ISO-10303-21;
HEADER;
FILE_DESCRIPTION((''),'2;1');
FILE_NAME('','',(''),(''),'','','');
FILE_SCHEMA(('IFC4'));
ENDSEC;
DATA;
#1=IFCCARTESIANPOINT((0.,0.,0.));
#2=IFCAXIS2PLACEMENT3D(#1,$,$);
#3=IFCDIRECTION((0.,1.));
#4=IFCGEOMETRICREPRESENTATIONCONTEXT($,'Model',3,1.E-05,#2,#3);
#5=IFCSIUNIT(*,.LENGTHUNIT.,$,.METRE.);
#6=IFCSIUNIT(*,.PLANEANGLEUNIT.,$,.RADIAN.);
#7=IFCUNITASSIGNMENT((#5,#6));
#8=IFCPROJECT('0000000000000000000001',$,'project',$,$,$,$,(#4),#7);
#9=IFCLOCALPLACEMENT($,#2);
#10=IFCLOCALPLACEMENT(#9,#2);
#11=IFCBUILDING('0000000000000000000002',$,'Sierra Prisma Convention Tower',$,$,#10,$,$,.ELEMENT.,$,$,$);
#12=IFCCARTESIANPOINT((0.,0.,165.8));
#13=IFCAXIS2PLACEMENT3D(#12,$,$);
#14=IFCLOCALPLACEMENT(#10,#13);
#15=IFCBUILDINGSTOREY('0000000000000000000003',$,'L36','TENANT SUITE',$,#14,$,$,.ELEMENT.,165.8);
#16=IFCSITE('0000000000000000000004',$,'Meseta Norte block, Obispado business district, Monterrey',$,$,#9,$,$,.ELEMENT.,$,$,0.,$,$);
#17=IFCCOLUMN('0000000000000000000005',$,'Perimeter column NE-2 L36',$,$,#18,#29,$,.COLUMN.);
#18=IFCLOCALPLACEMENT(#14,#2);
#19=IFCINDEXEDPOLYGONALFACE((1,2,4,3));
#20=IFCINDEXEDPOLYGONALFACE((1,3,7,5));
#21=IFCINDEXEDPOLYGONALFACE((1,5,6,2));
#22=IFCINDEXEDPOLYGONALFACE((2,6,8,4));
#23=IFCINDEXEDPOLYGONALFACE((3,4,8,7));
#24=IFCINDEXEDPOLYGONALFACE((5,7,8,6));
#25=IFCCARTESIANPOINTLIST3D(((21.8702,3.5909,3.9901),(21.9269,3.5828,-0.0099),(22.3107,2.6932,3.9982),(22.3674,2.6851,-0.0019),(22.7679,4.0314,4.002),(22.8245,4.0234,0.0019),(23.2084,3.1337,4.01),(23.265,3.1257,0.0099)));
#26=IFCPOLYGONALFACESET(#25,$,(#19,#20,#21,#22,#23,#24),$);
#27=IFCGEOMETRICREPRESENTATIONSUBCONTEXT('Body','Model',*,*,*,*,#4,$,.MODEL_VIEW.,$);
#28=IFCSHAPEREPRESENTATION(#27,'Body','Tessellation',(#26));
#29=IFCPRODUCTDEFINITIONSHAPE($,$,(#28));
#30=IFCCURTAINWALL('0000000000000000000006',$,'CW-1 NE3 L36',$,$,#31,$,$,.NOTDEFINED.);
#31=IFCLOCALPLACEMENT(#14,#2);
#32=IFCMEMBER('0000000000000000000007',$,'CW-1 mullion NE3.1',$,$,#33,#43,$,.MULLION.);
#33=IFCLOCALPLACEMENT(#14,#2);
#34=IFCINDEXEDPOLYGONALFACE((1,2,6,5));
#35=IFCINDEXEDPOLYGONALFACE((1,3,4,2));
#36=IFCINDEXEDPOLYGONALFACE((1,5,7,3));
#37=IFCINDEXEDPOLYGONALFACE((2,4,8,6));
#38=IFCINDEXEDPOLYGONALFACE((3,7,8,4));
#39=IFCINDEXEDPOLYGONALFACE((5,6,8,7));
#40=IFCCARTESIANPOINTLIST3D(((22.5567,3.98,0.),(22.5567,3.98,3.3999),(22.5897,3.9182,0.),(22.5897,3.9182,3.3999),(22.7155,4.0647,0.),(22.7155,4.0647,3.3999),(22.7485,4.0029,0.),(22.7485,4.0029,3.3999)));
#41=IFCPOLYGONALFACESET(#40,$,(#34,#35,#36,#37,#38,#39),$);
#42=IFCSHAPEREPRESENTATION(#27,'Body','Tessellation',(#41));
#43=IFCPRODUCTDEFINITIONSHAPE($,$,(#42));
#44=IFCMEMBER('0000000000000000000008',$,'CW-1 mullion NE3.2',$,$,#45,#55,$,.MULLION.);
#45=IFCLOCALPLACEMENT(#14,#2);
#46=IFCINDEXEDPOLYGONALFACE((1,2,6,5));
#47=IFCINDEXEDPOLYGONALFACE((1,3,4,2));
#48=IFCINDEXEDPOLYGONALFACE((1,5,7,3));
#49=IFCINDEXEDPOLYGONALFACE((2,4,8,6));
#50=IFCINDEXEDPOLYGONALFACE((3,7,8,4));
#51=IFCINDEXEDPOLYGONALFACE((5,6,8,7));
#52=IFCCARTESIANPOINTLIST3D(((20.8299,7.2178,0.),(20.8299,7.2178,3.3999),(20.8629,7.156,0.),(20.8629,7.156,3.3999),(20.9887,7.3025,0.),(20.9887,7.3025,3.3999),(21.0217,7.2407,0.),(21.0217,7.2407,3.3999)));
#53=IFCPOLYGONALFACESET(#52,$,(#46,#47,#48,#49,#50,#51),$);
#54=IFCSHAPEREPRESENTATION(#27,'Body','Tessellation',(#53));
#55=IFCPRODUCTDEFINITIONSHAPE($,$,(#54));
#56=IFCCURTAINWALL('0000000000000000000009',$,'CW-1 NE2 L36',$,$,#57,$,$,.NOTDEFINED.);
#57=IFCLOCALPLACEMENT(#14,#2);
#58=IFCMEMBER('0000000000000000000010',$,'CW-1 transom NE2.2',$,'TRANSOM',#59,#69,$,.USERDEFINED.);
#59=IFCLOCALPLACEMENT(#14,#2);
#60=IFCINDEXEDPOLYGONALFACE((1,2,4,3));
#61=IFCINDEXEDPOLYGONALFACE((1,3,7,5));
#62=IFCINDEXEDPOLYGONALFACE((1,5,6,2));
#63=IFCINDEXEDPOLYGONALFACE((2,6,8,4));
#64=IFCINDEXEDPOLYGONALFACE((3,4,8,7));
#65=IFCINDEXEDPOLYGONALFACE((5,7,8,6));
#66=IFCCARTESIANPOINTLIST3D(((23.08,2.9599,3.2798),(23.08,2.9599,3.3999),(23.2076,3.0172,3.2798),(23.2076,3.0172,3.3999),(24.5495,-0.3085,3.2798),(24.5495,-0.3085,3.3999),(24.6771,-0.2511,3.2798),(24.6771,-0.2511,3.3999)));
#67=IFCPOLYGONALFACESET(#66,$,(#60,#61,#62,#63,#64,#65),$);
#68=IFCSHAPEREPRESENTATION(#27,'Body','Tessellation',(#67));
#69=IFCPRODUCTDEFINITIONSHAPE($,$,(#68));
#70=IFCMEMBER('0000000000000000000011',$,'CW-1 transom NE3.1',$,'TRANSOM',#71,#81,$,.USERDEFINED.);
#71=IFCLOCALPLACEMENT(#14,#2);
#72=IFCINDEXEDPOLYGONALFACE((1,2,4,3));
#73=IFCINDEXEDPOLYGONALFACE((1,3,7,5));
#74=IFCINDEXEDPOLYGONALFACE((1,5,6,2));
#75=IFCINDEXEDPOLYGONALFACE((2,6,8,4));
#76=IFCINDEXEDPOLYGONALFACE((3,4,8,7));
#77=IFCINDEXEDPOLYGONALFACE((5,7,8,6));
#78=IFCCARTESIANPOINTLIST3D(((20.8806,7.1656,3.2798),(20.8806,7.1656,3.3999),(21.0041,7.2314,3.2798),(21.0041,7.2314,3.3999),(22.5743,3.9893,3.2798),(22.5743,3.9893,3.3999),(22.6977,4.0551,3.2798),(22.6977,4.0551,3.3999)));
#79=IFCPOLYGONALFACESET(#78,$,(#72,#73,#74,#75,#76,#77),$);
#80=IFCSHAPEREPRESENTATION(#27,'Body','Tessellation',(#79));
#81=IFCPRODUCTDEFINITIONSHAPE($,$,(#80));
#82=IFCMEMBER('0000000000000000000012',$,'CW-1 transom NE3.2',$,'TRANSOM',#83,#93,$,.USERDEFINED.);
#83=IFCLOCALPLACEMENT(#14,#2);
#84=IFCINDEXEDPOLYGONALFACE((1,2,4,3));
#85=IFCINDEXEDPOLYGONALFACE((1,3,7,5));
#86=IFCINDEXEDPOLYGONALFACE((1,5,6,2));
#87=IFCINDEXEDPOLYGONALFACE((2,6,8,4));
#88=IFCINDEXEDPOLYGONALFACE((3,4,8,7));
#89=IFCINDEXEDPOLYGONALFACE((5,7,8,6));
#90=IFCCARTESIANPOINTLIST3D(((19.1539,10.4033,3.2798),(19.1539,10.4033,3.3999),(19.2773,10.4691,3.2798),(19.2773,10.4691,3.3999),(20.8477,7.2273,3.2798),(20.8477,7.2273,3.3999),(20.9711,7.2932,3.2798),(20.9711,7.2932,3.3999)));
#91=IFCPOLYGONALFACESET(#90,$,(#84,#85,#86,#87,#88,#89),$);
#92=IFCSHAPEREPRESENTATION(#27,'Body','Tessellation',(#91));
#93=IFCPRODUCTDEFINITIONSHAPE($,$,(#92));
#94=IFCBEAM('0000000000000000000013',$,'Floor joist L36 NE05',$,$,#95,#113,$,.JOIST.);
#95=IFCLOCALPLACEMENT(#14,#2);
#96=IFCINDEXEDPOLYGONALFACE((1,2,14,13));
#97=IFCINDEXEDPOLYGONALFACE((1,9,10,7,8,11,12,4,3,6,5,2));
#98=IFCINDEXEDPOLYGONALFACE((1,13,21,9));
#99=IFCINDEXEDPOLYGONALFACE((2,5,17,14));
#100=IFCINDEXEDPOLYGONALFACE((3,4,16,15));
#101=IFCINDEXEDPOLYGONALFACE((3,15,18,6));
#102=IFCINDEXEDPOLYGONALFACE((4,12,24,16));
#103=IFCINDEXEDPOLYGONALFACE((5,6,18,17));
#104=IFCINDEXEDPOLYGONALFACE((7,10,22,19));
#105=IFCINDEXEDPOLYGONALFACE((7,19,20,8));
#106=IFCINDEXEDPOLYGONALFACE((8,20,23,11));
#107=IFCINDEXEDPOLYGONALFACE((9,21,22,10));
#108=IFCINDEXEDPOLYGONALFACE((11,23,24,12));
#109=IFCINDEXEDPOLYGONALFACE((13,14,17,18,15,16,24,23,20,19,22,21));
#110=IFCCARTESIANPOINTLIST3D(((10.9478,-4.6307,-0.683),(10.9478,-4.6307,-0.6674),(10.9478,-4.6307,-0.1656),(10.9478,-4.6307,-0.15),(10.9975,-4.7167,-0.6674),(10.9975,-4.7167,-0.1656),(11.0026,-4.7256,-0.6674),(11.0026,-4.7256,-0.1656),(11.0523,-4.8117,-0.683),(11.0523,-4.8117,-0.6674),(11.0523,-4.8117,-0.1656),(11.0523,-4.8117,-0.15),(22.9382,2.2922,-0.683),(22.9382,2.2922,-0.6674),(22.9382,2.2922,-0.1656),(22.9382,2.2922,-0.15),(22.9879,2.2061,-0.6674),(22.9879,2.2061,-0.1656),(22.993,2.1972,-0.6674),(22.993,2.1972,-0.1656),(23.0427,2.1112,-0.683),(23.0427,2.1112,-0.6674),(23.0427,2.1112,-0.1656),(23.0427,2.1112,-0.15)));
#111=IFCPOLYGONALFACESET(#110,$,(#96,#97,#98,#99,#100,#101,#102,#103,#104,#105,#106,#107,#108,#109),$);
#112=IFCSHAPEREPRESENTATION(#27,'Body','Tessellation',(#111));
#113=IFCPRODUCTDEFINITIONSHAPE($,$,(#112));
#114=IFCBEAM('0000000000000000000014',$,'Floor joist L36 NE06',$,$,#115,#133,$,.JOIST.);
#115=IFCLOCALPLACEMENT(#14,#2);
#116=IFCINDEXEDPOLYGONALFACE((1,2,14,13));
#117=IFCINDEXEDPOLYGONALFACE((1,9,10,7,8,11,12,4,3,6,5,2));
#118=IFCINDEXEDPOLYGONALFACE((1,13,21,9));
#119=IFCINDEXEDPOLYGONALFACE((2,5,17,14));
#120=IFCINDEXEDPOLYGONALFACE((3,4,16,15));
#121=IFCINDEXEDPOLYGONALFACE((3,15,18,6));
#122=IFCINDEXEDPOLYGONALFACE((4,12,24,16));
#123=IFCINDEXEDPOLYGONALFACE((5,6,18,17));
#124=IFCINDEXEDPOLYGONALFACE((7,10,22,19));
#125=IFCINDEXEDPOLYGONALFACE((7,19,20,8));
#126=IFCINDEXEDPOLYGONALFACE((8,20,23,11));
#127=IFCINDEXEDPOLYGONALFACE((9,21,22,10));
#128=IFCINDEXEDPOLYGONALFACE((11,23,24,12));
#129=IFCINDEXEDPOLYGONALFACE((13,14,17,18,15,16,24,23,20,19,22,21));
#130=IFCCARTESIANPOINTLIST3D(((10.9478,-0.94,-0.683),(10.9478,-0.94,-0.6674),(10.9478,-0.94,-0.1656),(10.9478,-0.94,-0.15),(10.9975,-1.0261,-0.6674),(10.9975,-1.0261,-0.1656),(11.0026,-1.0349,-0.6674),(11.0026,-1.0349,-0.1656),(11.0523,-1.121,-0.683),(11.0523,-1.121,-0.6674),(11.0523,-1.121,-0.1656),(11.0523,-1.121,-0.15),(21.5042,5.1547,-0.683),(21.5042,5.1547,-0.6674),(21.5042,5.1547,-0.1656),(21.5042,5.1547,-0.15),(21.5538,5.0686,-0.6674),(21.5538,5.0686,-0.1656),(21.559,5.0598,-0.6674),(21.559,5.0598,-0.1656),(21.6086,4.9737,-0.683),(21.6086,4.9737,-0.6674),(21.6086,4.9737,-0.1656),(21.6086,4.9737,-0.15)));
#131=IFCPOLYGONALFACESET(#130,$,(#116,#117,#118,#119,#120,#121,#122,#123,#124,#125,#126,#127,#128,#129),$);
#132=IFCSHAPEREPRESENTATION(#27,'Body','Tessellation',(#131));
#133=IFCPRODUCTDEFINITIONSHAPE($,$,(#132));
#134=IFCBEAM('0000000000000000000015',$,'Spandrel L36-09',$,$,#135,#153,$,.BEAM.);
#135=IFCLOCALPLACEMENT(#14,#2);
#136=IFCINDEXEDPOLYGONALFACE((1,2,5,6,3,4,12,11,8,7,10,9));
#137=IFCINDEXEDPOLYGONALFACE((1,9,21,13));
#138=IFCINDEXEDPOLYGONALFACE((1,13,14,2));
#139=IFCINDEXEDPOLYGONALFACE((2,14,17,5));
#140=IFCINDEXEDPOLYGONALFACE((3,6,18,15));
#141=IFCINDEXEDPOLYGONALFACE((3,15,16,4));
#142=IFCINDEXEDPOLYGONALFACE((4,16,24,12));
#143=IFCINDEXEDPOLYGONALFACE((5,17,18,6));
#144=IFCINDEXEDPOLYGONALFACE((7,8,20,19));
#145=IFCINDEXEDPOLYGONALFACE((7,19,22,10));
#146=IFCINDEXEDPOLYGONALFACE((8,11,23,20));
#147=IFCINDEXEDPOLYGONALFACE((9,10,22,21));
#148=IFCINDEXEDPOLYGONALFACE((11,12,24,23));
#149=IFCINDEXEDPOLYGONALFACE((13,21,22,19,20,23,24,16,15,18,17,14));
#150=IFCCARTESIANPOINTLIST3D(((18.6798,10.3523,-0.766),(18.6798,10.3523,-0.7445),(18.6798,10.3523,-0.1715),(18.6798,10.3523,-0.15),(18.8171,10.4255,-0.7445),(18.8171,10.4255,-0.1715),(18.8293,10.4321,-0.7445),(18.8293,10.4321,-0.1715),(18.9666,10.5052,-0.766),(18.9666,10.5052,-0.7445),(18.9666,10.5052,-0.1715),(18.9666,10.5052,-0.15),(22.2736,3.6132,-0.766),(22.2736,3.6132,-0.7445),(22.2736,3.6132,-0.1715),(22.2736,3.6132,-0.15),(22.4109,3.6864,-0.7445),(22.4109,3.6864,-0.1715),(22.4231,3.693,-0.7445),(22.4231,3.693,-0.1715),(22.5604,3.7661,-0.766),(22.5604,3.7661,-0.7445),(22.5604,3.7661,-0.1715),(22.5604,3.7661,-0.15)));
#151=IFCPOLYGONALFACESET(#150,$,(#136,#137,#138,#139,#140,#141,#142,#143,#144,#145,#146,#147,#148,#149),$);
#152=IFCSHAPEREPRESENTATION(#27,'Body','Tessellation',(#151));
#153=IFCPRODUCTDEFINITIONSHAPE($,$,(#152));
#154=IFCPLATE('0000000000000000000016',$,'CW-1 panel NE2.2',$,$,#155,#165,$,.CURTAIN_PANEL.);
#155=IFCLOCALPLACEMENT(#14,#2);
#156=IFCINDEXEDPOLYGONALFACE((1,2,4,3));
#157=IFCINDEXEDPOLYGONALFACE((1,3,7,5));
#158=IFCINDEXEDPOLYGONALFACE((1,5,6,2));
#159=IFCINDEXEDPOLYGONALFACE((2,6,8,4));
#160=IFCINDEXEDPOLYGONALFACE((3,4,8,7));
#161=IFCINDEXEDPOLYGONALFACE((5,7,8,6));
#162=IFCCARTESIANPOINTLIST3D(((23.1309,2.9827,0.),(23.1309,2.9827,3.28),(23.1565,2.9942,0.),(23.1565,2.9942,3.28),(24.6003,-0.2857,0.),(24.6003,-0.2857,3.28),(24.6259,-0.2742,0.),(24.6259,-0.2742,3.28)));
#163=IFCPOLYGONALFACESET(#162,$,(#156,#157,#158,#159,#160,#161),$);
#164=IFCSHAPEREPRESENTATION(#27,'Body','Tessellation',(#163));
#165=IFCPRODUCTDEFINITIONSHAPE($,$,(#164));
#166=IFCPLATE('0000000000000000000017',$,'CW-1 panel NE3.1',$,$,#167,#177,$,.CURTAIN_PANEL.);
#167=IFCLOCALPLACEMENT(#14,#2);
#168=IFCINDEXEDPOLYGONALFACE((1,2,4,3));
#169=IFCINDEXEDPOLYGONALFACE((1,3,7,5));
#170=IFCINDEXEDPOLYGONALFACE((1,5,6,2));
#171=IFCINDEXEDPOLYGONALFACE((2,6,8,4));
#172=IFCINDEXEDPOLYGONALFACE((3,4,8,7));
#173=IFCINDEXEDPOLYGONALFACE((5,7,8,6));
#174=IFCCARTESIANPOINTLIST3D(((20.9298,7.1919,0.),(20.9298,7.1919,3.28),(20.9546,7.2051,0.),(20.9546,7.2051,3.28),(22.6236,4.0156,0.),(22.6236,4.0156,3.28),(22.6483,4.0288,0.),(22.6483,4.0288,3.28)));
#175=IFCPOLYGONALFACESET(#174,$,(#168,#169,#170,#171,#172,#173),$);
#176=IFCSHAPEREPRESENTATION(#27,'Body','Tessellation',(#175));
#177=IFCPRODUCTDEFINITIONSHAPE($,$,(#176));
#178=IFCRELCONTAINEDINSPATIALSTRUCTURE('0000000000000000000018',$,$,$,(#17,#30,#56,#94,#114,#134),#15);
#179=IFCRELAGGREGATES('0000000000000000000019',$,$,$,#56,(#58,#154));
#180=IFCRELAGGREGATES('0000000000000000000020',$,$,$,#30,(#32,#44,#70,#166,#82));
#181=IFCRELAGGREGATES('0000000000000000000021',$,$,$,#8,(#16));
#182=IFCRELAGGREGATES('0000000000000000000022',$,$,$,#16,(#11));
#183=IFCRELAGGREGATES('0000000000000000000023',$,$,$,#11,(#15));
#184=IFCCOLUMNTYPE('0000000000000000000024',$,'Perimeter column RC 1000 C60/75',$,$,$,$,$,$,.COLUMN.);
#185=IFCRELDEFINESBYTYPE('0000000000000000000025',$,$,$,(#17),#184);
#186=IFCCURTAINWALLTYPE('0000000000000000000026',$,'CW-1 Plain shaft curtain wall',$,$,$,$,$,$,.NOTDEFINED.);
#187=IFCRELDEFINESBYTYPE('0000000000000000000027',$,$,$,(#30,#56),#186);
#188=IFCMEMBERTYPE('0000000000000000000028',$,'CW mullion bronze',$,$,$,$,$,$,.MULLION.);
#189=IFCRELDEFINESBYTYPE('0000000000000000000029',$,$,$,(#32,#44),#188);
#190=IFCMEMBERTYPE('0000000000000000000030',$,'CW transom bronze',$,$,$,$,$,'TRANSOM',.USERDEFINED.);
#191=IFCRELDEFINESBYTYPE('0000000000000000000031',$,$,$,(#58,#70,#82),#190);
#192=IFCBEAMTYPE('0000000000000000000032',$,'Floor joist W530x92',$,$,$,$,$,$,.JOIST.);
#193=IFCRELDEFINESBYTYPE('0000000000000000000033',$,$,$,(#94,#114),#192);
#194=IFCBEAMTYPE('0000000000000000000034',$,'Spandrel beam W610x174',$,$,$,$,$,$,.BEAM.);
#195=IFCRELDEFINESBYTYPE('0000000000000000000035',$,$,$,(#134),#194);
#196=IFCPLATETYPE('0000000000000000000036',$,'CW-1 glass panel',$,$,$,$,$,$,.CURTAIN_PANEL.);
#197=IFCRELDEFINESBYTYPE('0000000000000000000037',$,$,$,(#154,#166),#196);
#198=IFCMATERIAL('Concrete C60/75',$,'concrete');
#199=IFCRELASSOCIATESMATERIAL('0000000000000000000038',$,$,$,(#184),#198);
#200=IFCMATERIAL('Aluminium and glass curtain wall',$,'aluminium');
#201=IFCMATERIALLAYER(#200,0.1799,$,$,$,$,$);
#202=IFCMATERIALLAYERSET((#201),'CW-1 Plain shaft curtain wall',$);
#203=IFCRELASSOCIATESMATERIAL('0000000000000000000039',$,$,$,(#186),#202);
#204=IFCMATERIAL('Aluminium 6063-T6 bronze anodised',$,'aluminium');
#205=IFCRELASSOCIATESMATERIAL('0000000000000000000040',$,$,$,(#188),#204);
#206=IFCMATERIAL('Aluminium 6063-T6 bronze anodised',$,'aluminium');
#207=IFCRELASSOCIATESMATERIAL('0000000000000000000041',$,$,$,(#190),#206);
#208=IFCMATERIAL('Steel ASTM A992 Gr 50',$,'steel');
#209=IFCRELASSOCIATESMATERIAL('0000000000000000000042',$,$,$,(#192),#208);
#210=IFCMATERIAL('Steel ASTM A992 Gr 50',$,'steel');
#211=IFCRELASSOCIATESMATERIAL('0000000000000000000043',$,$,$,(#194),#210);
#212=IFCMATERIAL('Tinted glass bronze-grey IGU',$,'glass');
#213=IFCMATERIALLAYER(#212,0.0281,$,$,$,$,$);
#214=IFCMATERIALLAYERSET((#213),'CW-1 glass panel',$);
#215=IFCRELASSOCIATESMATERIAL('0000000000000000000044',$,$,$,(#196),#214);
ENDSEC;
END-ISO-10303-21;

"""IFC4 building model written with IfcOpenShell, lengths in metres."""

from ifc_helpers import new_model, si_unit, direction, frame, origin, origin_2d, place, context, subcontext, project, spatial, rectangle, i_section, extrude, material, layer, layer_set, material_profile, profile_set, type_object, element, aggregate, save


model = new_model("IFC4")

# Units and contexts
model_context = context("Model", 3, precision=1e-05, world=origin(), true_north=direction((0.0, 1.0)))
body_context = subcontext(model_context, "Body", "Model", "MODEL_VIEW")
ifc_project = project(units=[si_unit("LENGTHUNIT", "METRE"), si_unit("PLANEANGLEUNIT", "RADIAN")], contexts=[model_context])

# Site, building, storey
site_placement = place(None, origin())
site = spatial("IfcSite", under=ifc_project, at=site_placement, Name="Meseta Norte block, Obispado business district, Monterrey", CompositionType="ELEMENT", RefElevation=0.0)
building_placement = place(site_placement, origin())
building = spatial("IfcBuilding", under=site, at=building_placement, Name="Sierra Prisma Convention Tower", CompositionType="ELEMENT")
storey_placement = place(building_placement, frame((0.0, 0.0, 165.8)))
storey = spatial("IfcBuildingStorey", under=building, at=storey_placement, Name="L36", Description="TENANT SUITE", CompositionType="ELEMENT", Elevation=165.8)

# Column
ifc_material_1 = material(Name="Concrete C60/75", Category="concrete")
ifc_material_profile_1 = material_profile(ifc_material_1, rectangle(XDim=1.0, YDim=1.0, at=origin_2d()), Name="Perimeter column RC 1000 C60/75")
ifc_profile_set_1 = profile_set([ifc_material_profile_1], Name="Concrete C60/75")
column_type = type_object("IfcColumnType", Name="Perimeter column RC 1000 C60/75", PredefinedType="COLUMN", material=ifc_profile_set_1)
column_placement = place(storey_placement, frame((22.5959, 3.3542, 0.0), z_axis=(-0.014159, 0.002014, 0.999898), x_axis=(-0.440505, 0.897714, -0.008046)))
element("IfcColumn", 1, at=column_placement, inside=storey, type_object=column_type, Name="Perimeter column NE-2 L36", PredefinedType="COLUMN", context=body_context, shape_type="SweptSolid", body=[
    extrude(rectangle(XDim=1.0, YDim=1.0, at=origin_2d()), origin(), (0.0, 0.0, 1.0), 4.0005),
])

# Curtain wall, members
ifc_material_2 = material(Name="Aluminium and glass curtain wall", Category="aluminium")
ifc_layer_1 = layer(ifc_material_2, 0.1799)
ifc_layer_set_1 = layer_set([ifc_layer_1], Name="CW-1 Plain shaft curtain wall")
curtain_wall_type = type_object("IfcCurtainWallType", Name="CW-1 Plain shaft curtain wall", PredefinedType="NOTDEFINED", material=ifc_layer_set_1)
curtain_wall_1_placement = place(storey_placement, origin())
curtain_wall_1 = element("IfcCurtainWall", 2, at=curtain_wall_1_placement, inside=storey, type_object=curtain_wall_type, Name="CW-1 NE3 L36", PredefinedType="NOTDEFINED")
ifc_material_3 = material(Name="Aluminium 6063-T6 bronze anodised", Category="aluminium")
ifc_material_profile_2 = material_profile(ifc_material_3, rectangle(XDim=0.1799, YDim=0.0701, at=origin_2d()), Name="ALU MULLION 70x180")
ifc_profile_set_2 = profile_set([ifc_material_profile_2], Name="Aluminium 6063-T6 bronze anodised")
member_type_1 = type_object("IfcMemberType", Name="CW mullion bronze", PredefinedType="MULLION", material=ifc_profile_set_2)
member_1_placement = place(storey_placement, frame((22.6526, 3.9915, 0.0), z_axis=(0.0, 0.0, 1.0), x_axis=(-0.882378, -0.470541, 0.0)))
member_1 = element("IfcMember", 3, at=member_1_placement, type_object=member_type_1, Name="CW-1 mullion NE3.1", PredefinedType="MULLION", context=body_context, shape_type="SweptSolid", body=[
    extrude(rectangle(XDim=0.1799, YDim=0.0701, at=origin_2d()), origin(), (0.0, 0.0, 1.0), 3.3999),
])
member_2_placement = place(storey_placement, frame((20.9258, 7.2292, 0.0), z_axis=(0.0, 0.0, 1.0), x_axis=(-0.882378, -0.470541, 0.0)))
member_2 = element("IfcMember", 4, at=member_2_placement, type_object=member_type_1, Name="CW-1 mullion NE3.2", PredefinedType="MULLION", context=body_context, shape_type="SweptSolid", body=[
    extrude(rectangle(XDim=0.1799, YDim=0.0701, at=origin_2d()), origin(), (0.0, 0.0, 1.0), 3.3999),
])

# Curtain wall, member
curtain_wall_2_placement = place(storey_placement, origin())
curtain_wall_2 = element("IfcCurtainWall", 5, at=curtain_wall_2_placement, inside=storey, type_object=curtain_wall_type, Name="CW-1 NE2 L36", PredefinedType="NOTDEFINED")
ifc_material_4 = material(Name="Aluminium 6063-T6 bronze anodised", Category="aluminium")
ifc_material_profile_3 = material_profile(ifc_material_4, rectangle(XDim=0.1399, YDim=0.1201, at=origin_2d()), Name="ALU TRANSOM 120x140")
ifc_profile_set_3 = profile_set([ifc_material_profile_3], Name="Aluminium 6063-T6 bronze anodised")
member_type_2 = type_object("IfcMemberType", Name="CW transom bronze", ElementType="TRANSOM", PredefinedType="USERDEFINED", material=ifc_profile_set_3)
member_3_placement = place(storey_placement, frame((24.6133, -0.2798, 3.3398), z_axis=(-0.410073, 0.912053, 0.0), x_axis=(-0.912053, -0.410073, 0.0)))
member_3 = element("IfcMember", 6, at=member_3_placement, type_object=member_type_2, Name="CW-1 transom NE2.2", ObjectType="TRANSOM", PredefinedType="USERDEFINED", context=body_context, shape_type="SweptSolid", body=[
    extrude(rectangle(XDim=0.1399, YDim=0.1201, at=origin_2d()), origin(), (0.0, 0.0, 1.0), 3.5835),
])

# Members
member_4_placement = place(storey_placement, frame((22.636, 4.0222, 3.3398), z_axis=(-0.4705, 0.8824, 0.0), x_axis=(-0.8824, -0.4705, 0.0)))
member_4 = element("IfcMember", 7, at=member_4_placement, type_object=member_type_2, Name="CW-1 transom NE3.1", ObjectType="TRANSOM", PredefinedType="USERDEFINED", context=body_context, shape_type="SweptSolid", body=[
    extrude(rectangle(XDim=0.1399, YDim=0.1201, at=origin_2d()), origin(), (0.0, 0.0, 1.0), 3.5996),
])
member_5_placement = place(storey_placement, frame((20.9094, 7.2603, 3.3398), z_axis=(-0.470581, 0.882357, 0.0), x_axis=(-0.882357, -0.470581, 0.0)))
member_5 = element("IfcMember", 8, at=member_5_placement, type_object=member_type_2, Name="CW-1 transom NE3.2", ObjectType="TRANSOM", PredefinedType="USERDEFINED", context=body_context, shape_type="SweptSolid", body=[
    extrude(rectangle(XDim=0.1399, YDim=0.1201, at=origin_2d()), origin(), (0.0, 0.0, 1.0), 3.5994),
])

# Beams
ifc_material_5 = material(Name="Steel ASTM A992 Gr 50", Category="steel")
ifc_material_profile_4 = material_profile(ifc_material_5, i_section(OverallWidth=0.209, OverallDepth=0.533, WebThickness=0.0103, FlangeThickness=0.0156, at=origin_2d()), Name="W530x92")
ifc_profile_set_4 = profile_set([ifc_material_profile_4], Name="Steel ASTM A992 Gr 50")
beam_type_1 = type_object("IfcBeamType", Name="Floor joist W530x92", PredefinedType="JOIST", material=ifc_profile_set_4)
beam_1_placement = place(storey_placement, frame((22.9905, 2.2017, -0.4165), z_axis=(-0.866021, -0.500008, 0.0), x_axis=(0.500008, -0.866021, 0.0)))
element("IfcBeam", 9, at=beam_1_placement, inside=storey, type_object=beam_type_1, Name="Floor joist L36 NE05", PredefinedType="JOIST", context=body_context, shape_type="SweptSolid", body=[
    extrude(i_section(OverallWidth=0.209, OverallDepth=0.533, WebThickness=0.0103, FlangeThickness=0.0156, at=origin_2d()), origin(), (0.0, 0.0, 1.0), 13.8455),
])
beam_2_placement = place(storey_placement, frame((21.5564, 5.0642, -0.4165), z_axis=(-0.866026, -0.499999, 0.0), x_axis=(0.499999, -0.866026, 0.0)))
element("IfcBeam", 10, at=beam_2_placement, inside=storey, type_object=beam_type_1, Name="Floor joist L36 NE06", PredefinedType="JOIST", context=body_context, shape_type="SweptSolid", body=[
    extrude(i_section(OverallWidth=0.209, OverallDepth=0.533, WebThickness=0.0103, FlangeThickness=0.0156, at=origin_2d()), origin(), (0.0, 0.0, 1.0), 12.1895),
])
ifc_material_6 = material(Name="Steel ASTM A992 Gr 50", Category="steel")
ifc_material_profile_5 = material_profile(ifc_material_6, i_section(OverallWidth=0.325, OverallDepth=0.616, WebThickness=0.0139, FlangeThickness=0.0215, at=origin_2d()), Name="W610x174")
ifc_profile_set_5 = profile_set([ifc_material_profile_5], Name="Steel ASTM A992 Gr 50")
beam_type_2 = type_object("IfcBeamType", Name="Spandrel beam W610x174", PredefinedType="BEAM", material=ifc_profile_set_5)
beam_3_placement = place(storey_placement, frame((22.417, 3.6897, -0.458), z_axis=(-0.470548, 0.882374, 0.0), x_axis=(-0.882374, -0.470548, 0.0)))
element("IfcBeam", 11, at=beam_3_placement, inside=storey, type_object=beam_type_2, Name="Spandrel L36-09", PredefinedType="BEAM", context=body_context, shape_type="SweptSolid", body=[
    extrude(i_section(OverallWidth=0.325, OverallDepth=0.616, WebThickness=0.0139, FlangeThickness=0.0215, at=origin_2d()), origin(), (0.0, 0.0, 1.0), 7.6375),
])

# Plates
ifc_material_7 = material(Name="Tinted glass bronze-grey IGU", Category="glass")
ifc_layer_2 = layer(ifc_material_7, 0.0281)
ifc_layer_set_2 = layer_set([ifc_layer_2], Name="CW-1 glass panel")
plate_type = type_object("IfcPlateType", Name="CW-1 glass panel", PredefinedType="CURTAIN_PANEL", material=ifc_layer_set_2)
plate_1_placement = place(storey_placement, frame((23.8784, 1.3542, 0.0), z_axis=(0.0, 0.0, 1.0), x_axis=(-0.410056, 0.91206, 0.0)))
plate_1 = element("IfcPlate", 12, at=plate_1_placement, type_object=plate_type, Name="CW-1 panel NE2.2", PredefinedType="CURTAIN_PANEL", context=body_context, shape_type="SweptSolid", body=[
    extrude(rectangle(XDim=3.5835, YDim=0.0281, at=origin_2d()), origin(), (0.0, 0.0, 1.0), 3.28),
])
aggregate(curtain_wall_2, [member_3, plate_1])
plate_2_placement = place(storey_placement, frame((21.7891, 5.6104, 0.0), z_axis=(0.0, 0.0, 1.0), x_axis=(-0.470541, 0.882378, 0.0)))
plate_2 = element("IfcPlate", 13, at=plate_2_placement, type_object=plate_type, Name="CW-1 panel NE3.1", PredefinedType="CURTAIN_PANEL", context=body_context, shape_type="SweptSolid", body=[
    extrude(rectangle(XDim=3.5996, YDim=0.0281, at=origin_2d()), origin(), (0.0, 0.0, 1.0), 3.28),
])
aggregate(curtain_wall_1, [member_1, member_2, member_4, plate_2, member_5])

save(model, "model.ifc")
